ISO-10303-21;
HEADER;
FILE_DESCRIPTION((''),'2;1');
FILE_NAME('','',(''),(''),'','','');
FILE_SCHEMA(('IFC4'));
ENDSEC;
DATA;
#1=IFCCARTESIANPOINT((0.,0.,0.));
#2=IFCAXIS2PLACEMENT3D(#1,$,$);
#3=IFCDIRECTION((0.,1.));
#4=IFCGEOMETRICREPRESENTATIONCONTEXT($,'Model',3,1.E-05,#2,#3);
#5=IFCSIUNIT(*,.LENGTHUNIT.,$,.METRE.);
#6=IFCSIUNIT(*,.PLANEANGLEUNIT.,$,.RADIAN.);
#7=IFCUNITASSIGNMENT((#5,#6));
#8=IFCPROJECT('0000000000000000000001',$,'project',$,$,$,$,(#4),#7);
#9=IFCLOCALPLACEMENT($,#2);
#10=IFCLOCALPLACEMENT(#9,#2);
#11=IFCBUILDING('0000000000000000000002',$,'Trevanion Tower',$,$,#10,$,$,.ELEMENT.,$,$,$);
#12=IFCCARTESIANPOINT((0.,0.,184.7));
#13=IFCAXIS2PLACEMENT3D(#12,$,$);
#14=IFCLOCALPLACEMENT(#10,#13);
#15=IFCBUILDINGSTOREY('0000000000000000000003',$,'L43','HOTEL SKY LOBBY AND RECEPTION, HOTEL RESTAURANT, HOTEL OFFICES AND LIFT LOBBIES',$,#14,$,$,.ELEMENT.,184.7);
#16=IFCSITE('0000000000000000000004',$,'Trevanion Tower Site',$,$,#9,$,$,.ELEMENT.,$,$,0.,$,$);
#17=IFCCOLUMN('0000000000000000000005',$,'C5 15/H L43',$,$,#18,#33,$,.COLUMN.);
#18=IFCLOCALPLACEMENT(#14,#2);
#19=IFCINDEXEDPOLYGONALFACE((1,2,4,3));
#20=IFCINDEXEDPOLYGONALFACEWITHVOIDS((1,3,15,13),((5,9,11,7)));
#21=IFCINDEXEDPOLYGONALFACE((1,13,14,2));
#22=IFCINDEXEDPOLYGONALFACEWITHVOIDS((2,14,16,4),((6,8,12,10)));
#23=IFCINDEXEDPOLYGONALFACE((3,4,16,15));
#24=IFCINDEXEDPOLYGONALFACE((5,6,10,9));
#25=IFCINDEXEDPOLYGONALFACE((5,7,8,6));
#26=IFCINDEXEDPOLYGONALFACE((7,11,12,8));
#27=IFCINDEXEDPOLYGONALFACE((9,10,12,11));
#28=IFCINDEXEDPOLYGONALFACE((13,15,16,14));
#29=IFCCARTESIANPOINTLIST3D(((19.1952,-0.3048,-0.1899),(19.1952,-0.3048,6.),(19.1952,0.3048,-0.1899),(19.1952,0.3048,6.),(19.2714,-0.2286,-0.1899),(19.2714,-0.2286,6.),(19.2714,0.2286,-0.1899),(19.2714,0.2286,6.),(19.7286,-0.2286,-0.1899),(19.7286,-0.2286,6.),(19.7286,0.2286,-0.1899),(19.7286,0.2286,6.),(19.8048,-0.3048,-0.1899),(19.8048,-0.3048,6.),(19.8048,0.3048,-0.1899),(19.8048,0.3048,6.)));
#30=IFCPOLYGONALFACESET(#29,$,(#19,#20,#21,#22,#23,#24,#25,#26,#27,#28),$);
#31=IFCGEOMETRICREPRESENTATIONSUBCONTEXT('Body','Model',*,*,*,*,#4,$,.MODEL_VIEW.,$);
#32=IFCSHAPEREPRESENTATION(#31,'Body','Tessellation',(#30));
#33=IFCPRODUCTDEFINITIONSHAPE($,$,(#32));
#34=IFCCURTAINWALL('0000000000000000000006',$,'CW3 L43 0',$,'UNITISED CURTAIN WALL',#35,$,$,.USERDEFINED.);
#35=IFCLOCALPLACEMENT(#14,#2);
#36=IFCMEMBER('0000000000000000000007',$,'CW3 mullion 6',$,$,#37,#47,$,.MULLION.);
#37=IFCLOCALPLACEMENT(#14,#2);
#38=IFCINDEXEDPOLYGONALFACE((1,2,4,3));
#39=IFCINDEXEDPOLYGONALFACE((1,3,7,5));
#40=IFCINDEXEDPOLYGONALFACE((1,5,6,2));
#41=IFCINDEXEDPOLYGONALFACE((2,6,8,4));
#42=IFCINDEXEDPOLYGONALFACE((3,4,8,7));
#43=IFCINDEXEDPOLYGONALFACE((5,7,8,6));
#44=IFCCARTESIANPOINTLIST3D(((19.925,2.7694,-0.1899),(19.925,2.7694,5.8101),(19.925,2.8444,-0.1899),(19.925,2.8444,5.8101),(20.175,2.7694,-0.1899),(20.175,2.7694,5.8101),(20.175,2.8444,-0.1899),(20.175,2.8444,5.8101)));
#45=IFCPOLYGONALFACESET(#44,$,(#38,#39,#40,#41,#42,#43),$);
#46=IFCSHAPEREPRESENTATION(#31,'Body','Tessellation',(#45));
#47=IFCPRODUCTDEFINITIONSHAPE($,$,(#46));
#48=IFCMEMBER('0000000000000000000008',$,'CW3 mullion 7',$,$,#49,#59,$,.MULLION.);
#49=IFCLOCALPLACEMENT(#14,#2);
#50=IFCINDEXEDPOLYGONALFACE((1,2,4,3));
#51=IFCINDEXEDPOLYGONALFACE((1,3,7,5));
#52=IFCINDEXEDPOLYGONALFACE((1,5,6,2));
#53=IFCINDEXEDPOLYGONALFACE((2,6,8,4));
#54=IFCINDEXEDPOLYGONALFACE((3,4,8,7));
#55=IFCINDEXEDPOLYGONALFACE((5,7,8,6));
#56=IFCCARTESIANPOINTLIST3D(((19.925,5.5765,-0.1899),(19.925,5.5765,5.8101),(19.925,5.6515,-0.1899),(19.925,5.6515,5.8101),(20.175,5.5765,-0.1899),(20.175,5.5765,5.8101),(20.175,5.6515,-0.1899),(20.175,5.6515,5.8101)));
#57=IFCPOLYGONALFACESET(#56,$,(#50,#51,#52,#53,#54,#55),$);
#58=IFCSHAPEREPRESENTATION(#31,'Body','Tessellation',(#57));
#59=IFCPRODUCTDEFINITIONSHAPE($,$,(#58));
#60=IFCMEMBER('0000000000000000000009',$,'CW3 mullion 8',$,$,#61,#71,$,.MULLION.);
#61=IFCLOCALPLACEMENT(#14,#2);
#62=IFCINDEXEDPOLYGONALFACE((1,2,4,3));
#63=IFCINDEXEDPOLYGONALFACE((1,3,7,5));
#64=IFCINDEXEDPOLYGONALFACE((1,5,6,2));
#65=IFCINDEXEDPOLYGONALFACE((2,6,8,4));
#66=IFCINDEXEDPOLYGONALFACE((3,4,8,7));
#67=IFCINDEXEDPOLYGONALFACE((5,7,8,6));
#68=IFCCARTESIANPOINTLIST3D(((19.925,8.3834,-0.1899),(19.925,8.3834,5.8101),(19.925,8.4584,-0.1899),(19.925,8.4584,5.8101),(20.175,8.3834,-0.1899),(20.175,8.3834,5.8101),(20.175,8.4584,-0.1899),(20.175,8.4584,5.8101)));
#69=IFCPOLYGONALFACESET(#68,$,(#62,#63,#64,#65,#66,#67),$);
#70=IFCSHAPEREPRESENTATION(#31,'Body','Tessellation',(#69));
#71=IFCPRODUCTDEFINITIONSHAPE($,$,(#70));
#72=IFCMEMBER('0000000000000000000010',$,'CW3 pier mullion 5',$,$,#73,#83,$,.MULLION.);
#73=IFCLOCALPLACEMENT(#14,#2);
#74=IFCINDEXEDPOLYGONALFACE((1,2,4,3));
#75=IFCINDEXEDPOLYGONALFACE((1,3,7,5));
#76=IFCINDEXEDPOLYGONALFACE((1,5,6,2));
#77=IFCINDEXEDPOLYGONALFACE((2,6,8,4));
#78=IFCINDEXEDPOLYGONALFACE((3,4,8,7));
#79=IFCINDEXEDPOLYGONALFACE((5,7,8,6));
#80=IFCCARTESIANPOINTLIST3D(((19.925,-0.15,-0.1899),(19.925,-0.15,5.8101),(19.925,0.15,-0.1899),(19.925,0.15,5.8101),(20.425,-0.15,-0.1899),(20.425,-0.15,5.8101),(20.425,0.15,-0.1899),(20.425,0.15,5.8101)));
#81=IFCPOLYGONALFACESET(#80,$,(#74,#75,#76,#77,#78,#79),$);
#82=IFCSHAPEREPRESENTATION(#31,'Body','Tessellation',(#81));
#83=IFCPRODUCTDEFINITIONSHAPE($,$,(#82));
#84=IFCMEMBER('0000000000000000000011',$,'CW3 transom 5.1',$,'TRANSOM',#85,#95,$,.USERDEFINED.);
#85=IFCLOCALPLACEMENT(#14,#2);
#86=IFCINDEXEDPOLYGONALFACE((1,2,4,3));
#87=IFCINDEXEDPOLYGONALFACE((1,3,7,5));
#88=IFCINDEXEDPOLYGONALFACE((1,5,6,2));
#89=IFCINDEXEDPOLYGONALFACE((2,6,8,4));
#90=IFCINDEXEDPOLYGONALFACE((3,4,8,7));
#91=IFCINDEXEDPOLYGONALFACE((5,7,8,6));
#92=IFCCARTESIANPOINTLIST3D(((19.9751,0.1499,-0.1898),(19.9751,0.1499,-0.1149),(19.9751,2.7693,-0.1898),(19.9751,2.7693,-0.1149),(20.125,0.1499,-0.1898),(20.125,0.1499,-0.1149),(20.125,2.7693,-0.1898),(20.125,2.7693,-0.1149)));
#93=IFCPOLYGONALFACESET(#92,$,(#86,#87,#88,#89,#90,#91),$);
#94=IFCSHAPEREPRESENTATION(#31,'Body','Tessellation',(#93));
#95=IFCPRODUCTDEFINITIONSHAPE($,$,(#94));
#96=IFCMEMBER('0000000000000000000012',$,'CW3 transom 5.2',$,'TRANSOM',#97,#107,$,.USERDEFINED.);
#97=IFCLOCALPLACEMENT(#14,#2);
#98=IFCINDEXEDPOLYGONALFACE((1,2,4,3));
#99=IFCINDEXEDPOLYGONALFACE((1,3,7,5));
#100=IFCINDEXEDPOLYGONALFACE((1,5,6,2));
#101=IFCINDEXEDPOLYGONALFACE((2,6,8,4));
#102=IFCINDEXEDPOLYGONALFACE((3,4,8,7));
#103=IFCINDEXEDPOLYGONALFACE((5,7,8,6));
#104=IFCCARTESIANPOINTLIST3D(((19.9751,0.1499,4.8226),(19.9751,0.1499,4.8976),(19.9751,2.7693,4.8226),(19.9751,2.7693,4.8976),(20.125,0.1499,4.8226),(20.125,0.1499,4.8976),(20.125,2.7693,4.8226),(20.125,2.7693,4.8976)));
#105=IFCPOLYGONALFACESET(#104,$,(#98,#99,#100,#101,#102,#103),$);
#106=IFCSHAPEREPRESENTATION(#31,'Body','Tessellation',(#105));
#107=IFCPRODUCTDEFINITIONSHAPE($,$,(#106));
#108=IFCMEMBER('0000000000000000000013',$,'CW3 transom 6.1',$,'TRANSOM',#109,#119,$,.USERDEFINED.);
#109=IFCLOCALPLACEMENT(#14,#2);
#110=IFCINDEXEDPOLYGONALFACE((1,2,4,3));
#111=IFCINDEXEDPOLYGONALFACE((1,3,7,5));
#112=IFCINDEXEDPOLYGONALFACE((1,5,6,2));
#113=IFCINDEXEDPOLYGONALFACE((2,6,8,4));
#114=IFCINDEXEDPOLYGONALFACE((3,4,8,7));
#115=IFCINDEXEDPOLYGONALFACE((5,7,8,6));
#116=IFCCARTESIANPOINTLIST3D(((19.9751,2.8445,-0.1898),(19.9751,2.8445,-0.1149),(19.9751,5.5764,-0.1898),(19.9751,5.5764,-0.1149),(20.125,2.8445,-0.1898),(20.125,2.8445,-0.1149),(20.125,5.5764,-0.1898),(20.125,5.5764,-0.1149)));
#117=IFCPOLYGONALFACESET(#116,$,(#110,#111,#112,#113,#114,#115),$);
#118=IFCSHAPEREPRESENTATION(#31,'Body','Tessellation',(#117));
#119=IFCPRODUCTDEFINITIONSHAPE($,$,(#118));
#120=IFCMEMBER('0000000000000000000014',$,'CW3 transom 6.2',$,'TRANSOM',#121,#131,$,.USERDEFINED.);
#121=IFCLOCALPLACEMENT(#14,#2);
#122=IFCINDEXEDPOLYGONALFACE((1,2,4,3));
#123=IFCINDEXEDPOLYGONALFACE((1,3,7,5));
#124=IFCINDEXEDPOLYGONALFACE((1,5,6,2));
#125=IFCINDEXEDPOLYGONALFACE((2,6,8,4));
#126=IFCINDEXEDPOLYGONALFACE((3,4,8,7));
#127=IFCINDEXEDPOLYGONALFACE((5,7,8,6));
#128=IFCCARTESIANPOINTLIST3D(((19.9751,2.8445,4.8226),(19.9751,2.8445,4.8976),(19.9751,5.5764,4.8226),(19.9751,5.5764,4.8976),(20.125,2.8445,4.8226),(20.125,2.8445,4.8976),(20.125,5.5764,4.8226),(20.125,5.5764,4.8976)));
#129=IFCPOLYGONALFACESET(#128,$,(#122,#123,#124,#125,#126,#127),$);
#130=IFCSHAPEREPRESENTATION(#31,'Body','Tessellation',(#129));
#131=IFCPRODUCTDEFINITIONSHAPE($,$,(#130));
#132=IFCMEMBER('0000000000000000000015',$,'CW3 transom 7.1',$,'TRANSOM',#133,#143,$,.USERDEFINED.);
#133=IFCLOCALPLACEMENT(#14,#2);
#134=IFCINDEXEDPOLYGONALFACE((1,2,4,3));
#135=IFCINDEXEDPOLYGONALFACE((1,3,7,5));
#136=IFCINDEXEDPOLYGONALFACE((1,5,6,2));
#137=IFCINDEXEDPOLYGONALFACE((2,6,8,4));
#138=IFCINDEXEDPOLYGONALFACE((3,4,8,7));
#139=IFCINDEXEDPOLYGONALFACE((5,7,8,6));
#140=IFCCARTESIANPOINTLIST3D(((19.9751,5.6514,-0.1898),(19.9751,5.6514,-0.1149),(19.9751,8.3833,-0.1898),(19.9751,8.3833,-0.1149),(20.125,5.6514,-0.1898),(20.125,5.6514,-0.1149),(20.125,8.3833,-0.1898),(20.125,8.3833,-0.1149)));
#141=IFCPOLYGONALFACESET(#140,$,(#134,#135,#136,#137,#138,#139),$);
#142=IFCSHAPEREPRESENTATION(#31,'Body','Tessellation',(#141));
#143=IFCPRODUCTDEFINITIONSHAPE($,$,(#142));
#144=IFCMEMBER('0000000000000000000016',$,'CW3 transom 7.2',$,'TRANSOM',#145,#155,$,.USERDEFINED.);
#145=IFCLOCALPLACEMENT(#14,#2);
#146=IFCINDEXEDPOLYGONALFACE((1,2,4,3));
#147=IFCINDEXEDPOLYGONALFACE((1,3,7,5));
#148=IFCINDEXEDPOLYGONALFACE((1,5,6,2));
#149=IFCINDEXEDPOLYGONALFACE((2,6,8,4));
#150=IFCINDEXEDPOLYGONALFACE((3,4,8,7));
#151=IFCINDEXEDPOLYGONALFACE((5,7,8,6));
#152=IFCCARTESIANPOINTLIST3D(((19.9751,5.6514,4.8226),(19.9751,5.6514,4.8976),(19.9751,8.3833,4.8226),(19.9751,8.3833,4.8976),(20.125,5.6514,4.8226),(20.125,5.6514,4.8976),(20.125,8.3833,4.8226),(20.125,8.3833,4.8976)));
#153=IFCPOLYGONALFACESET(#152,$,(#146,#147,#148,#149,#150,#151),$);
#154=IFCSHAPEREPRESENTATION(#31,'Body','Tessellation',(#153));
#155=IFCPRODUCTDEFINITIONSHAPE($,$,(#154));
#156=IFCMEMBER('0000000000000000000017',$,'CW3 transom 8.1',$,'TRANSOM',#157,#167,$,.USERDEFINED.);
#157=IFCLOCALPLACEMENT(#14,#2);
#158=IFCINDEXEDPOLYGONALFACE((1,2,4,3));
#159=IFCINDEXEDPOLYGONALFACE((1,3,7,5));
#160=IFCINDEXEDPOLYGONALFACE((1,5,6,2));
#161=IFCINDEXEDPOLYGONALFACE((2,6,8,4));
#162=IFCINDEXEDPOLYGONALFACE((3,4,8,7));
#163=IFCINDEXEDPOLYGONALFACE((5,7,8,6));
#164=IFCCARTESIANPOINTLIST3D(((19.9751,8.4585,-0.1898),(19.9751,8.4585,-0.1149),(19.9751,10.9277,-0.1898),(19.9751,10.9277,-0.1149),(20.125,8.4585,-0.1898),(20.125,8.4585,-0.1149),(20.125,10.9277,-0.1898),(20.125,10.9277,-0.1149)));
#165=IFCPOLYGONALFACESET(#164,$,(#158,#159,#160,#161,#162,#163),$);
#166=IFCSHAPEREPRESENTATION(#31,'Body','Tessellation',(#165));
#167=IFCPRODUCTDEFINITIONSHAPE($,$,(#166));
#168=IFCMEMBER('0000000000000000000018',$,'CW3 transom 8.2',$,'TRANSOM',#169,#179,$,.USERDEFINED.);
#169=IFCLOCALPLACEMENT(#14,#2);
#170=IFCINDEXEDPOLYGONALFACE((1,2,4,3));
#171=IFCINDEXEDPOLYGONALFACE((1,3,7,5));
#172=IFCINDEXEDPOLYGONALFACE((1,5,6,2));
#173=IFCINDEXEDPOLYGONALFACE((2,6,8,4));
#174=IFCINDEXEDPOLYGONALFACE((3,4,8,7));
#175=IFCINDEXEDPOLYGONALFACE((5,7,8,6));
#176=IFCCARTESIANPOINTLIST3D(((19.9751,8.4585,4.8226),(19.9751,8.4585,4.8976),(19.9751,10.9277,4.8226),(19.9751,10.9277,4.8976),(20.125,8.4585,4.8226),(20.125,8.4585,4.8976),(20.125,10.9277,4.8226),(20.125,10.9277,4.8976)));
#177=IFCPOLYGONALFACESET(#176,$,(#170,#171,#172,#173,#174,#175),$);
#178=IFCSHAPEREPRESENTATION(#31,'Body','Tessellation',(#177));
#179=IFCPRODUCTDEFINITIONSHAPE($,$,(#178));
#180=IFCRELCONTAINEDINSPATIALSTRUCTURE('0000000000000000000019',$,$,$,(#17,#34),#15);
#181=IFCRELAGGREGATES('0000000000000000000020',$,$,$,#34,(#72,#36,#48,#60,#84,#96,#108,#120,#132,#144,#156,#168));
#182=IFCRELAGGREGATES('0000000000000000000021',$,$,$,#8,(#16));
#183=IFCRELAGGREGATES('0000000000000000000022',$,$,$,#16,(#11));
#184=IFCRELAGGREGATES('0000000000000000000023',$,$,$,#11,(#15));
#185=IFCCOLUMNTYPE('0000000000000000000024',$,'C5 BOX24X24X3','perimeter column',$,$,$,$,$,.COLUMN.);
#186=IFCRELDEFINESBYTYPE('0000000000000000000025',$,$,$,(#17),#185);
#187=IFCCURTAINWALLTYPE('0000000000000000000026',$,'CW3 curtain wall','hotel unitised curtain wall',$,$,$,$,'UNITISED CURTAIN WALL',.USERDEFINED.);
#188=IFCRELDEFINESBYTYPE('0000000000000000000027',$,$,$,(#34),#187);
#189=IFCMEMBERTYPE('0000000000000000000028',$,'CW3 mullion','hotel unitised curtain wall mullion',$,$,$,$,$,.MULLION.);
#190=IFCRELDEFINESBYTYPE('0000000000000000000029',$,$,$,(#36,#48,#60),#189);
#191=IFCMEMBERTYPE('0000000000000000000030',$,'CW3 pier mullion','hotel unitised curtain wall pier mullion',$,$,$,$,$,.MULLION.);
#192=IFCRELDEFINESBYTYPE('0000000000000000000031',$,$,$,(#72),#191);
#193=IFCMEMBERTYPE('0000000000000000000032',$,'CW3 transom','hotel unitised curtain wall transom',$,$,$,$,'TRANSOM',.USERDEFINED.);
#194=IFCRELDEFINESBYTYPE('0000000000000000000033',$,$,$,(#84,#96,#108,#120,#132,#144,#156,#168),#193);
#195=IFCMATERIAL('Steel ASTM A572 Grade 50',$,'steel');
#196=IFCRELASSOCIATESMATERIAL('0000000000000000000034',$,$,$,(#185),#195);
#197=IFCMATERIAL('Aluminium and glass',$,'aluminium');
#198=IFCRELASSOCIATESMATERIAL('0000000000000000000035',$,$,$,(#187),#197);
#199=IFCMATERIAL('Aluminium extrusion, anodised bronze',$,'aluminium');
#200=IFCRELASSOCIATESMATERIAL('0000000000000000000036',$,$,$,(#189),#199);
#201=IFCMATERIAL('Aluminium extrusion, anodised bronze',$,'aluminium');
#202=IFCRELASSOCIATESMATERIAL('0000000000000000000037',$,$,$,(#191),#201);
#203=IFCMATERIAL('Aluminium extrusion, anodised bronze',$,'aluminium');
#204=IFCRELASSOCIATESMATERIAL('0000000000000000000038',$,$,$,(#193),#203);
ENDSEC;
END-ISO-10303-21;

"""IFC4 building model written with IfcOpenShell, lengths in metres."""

from ifc_helpers import new_model, si_unit, direction, frame, origin, origin_2d, place, context, subcontext, project, spatial, rectangle, hollow_rectangle, extrude, material, material_profile, profile_set, type_object, element, aggregate, save


model = new_model("IFC4")

# Units and contexts
model_context = context("Model", 3, precision=1e-05, world=origin(), true_north=direction((0.0, 1.0)))
body_context = subcontext(model_context, "Body", "Model", "MODEL_VIEW")
ifc_project = project(units=[si_unit("LENGTHUNIT", "METRE"), si_unit("PLANEANGLEUNIT", "RADIAN")], contexts=[model_context])

# Site, building, storey
site_placement = place(None, origin())
site = spatial("IfcSite", under=ifc_project, at=site_placement, Name="Trevanion Tower Site", CompositionType="ELEMENT", RefElevation=0.0)
building_placement = place(site_placement, origin())
building = spatial("IfcBuilding", under=site, at=building_placement, Name="Trevanion Tower", CompositionType="ELEMENT")
storey_placement = place(building_placement, frame((0.0, 0.0, 184.7)))
storey = spatial("IfcBuildingStorey", under=building, at=storey_placement, Name="L43", Description="HOTEL SKY LOBBY AND RECEPTION, HOTEL RESTAURANT, HOTEL OFFICES AND LIFT LOBBIES", CompositionType="ELEMENT", Elevation=184.7)

# Column
ifc_material_1 = material(Name="Steel ASTM A572 Grade 50", Category="steel")
ifc_material_profile_1 = material_profile(ifc_material_1, hollow_rectangle(XDim=0.6096, YDim=0.6096, WallThickness=0.0762, at=origin_2d()), Name="BOX24X24X3")
ifc_profile_set_1 = profile_set([ifc_material_profile_1], Name="Steel ASTM A572 Grade 50")
column_type = type_object("IfcColumnType", Name="C5 BOX24X24X3", Description="perimeter column", PredefinedType="COLUMN", material=ifc_profile_set_1)
column_placement = place(storey_placement, frame((19.5, 0.0, -0.1899), z_axis=(0.0, 0.0, 1.0), x_axis=(0.0, 1.0, 0.0)))
element("IfcColumn", 1, at=column_placement, inside=storey, type_object=column_type, Name="C5 15/H L43", PredefinedType="COLUMN", context=body_context, shape_type="SweptSolid", body=[
    extrude(hollow_rectangle(XDim=0.6096, YDim=0.6096, WallThickness=0.0762, at=origin_2d()), origin(), (0.0, 0.0, 1.0), 6.1899),
])

# Curtain wall, members
ifc_material_2 = material(Name="Aluminium and glass", Category="aluminium")
curtain_wall_type = type_object("IfcCurtainWallType", Name="CW3 curtain wall", Description="hotel unitised curtain wall", ElementType="UNITISED CURTAIN WALL", PredefinedType="USERDEFINED", material=ifc_material_2)
curtain_wall_placement = place(storey_placement, origin())
curtain_wall = element("IfcCurtainWall", 2, at=curtain_wall_placement, inside=storey, type_object=curtain_wall_type, Name="CW3 L43 0", ObjectType="UNITISED CURTAIN WALL", PredefinedType="USERDEFINED")
ifc_material_3 = material(Name="Aluminium extrusion, anodised bronze", Category="aluminium")
ifc_material_profile_2 = material_profile(ifc_material_3, rectangle(XDim=0.075, YDim=0.25, at=origin_2d()), Name="CW3 mullion")
ifc_profile_set_2 = profile_set([ifc_material_profile_2], Name="Aluminium extrusion, anodised bronze")
member_type_1 = type_object("IfcMemberType", Name="CW3 mullion", Description="hotel unitised curtain wall mullion", PredefinedType="MULLION", material=ifc_profile_set_2)
member_1_placement = place(storey_placement, frame((20.05, 2.8069, -0.1899), z_axis=(0.0, 0.0, 1.0), x_axis=(0.0, 1.0, 0.0)))
member_1 = element("IfcMember", 3, at=member_1_placement, type_object=member_type_1, Name="CW3 mullion 6", PredefinedType="MULLION", context=body_context, shape_type="SweptSolid", body=[
    extrude(rectangle(XDim=0.075, YDim=0.25, at=origin_2d()), origin(), (0.0, 0.0, 1.0), 6.0),
])
member_2_placement = place(storey_placement, frame((20.05, 5.614, -0.1899), z_axis=(0.0, 0.0, 1.0), x_axis=(0.0, 1.0, 0.0)))
member_2 = element("IfcMember", 4, at=member_2_placement, type_object=member_type_1, Name="CW3 mullion 7", PredefinedType="MULLION", context=body_context, shape_type="SweptSolid", body=[
    extrude(rectangle(XDim=0.075, YDim=0.25, at=origin_2d()), origin(), (0.0, 0.0, 1.0), 6.0),
])
member_3_placement = place(storey_placement, frame((20.05, 8.4209, -0.1899), z_axis=(0.0, 0.0, 1.0), x_axis=(0.0, 1.0, 0.0)))
member_3 = element("IfcMember", 5, at=member_3_placement, type_object=member_type_1, Name="CW3 mullion 8", PredefinedType="MULLION", context=body_context, shape_type="SweptSolid", body=[
    extrude(rectangle(XDim=0.075, YDim=0.25, at=origin_2d()), origin(), (0.0, 0.0, 1.0), 6.0),
])
ifc_material_4 = material(Name="Aluminium extrusion, anodised bronze", Category="aluminium")
ifc_material_profile_3 = material_profile(ifc_material_4, rectangle(XDim=0.3, YDim=0.5, at=origin_2d()), Name="CW3 pier mullion")
ifc_profile_set_3 = profile_set([ifc_material_profile_3], Name="Aluminium extrusion, anodised bronze")
member_type_2 = type_object("IfcMemberType", Name="CW3 pier mullion", Description="hotel unitised curtain wall pier mullion", PredefinedType="MULLION", material=ifc_profile_set_3)
member_4_placement = place(storey_placement, frame((20.175, 0.0, -0.1899), z_axis=(0.0, 0.0, 1.0), x_axis=(0.0, 1.0, 0.0)))
member_4 = element("IfcMember", 6, at=member_4_placement, type_object=member_type_2, Name="CW3 pier mullion 5", PredefinedType="MULLION", context=body_context, shape_type="SweptSolid", body=[
    extrude(rectangle(XDim=0.3, YDim=0.5, at=origin_2d()), origin(), (0.0, 0.0, 1.0), 6.0),
])
ifc_material_5 = material(Name="Aluminium extrusion, anodised bronze", Category="aluminium")
ifc_material_profile_4 = material_profile(ifc_material_5, rectangle(XDim=0.1499, YDim=0.075, at=origin_2d()), Name="CW3 transom")
ifc_profile_set_4 = profile_set([ifc_material_profile_4], Name="Aluminium extrusion, anodised bronze")
member_type_3 = type_object("IfcMemberType", Name="CW3 transom", Description="hotel unitised curtain wall transom", ElementType="TRANSOM", PredefinedType="USERDEFINED", material=ifc_profile_set_4)
member_5_placement = place(storey_placement, frame((20.05, 0.1499, -0.1523), z_axis=(0.0, 1.0, 0.0), x_axis=(-1.0, 0.0, 0.0)))
member_5 = element("IfcMember", 7, at=member_5_placement, type_object=member_type_3, Name="CW3 transom 5.1", ObjectType="TRANSOM", PredefinedType="USERDEFINED", context=body_context, shape_type="SweptSolid", body=[
    extrude(rectangle(XDim=0.1499, YDim=0.075, at=origin_2d()), origin(), (0.0, 0.0, 1.0), 2.6194),
])
member_6_placement = place(storey_placement, frame((20.05, 0.1499, 4.8601), z_axis=(0.0, 1.0, 0.0), x_axis=(-1.0, 0.0, 0.0)))
member_6 = element("IfcMember", 8, at=member_6_placement, type_object=member_type_3, Name="CW3 transom 5.2", ObjectType="TRANSOM", PredefinedType="USERDEFINED", context=body_context, shape_type="SweptSolid", body=[
    extrude(rectangle(XDim=0.1499, YDim=0.075, at=origin_2d()), origin(), (0.0, 0.0, 1.0), 2.6194),
])
member_7_placement = place(storey_placement, frame((20.05, 2.8445, -0.1523), z_axis=(0.0, 1.0, 0.0), x_axis=(-1.0, 0.0, 0.0)))
member_7 = element("IfcMember", 9, at=member_7_placement, type_object=member_type_3, Name="CW3 transom 6.1", ObjectType="TRANSOM", PredefinedType="USERDEFINED", context=body_context, shape_type="SweptSolid", body=[
    extrude(rectangle(XDim=0.1499, YDim=0.075, at=origin_2d()), origin(), (0.0, 0.0, 1.0), 2.7319),
])
member_8_placement = place(storey_placement, frame((20.05, 2.8445, 4.8601), z_axis=(0.0, 1.0, 0.0), x_axis=(-1.0, 0.0, 0.0)))
member_8 = element("IfcMember", 10, at=member_8_placement, type_object=member_type_3, Name="CW3 transom 6.2", ObjectType="TRANSOM", PredefinedType="USERDEFINED", context=body_context, shape_type="SweptSolid", body=[
    extrude(rectangle(XDim=0.1499, YDim=0.075, at=origin_2d()), origin(), (0.0, 0.0, 1.0), 2.7319),
])
member_9_placement = place(storey_placement, frame((20.05, 5.6514, -0.1523), z_axis=(0.0, 1.0, 0.0), x_axis=(-1.0, 0.0, 0.0)))
member_9 = element("IfcMember", 11, at=member_9_placement, type_object=member_type_3, Name="CW3 transom 7.1", ObjectType="TRANSOM", PredefinedType="USERDEFINED", context=body_context, shape_type="SweptSolid", body=[
    extrude(rectangle(XDim=0.1499, YDim=0.075, at=origin_2d()), origin(), (0.0, 0.0, 1.0), 2.7319),
])
member_10_placement = place(storey_placement, frame((20.05, 5.6514, 4.8601), z_axis=(0.0, 1.0, 0.0), x_axis=(-1.0, 0.0, 0.0)))
member_10 = element("IfcMember", 12, at=member_10_placement, type_object=member_type_3, Name="CW3 transom 7.2", ObjectType="TRANSOM", PredefinedType="USERDEFINED", context=body_context, shape_type="SweptSolid", body=[
    extrude(rectangle(XDim=0.1499, YDim=0.075, at=origin_2d()), origin(), (0.0, 0.0, 1.0), 2.7319),
])
member_11_placement = place(storey_placement, frame((20.05, 8.4585, -0.1523), z_axis=(0.0, 1.0, 0.0), x_axis=(-1.0, 0.0, 0.0)))
member_11 = element("IfcMember", 13, at=member_11_placement, type_object=member_type_3, Name="CW3 transom 8.1", ObjectType="TRANSOM", PredefinedType="USERDEFINED", context=body_context, shape_type="SweptSolid", body=[
    extrude(rectangle(XDim=0.1499, YDim=0.075, at=origin_2d()), origin(), (0.0, 0.0, 1.0), 2.4692),
])
member_12_placement = place(storey_placement, frame((20.05, 8.4585, 4.8601), z_axis=(0.0, 1.0, 0.0), x_axis=(-1.0, 0.0, 0.0)))
member_12 = element("IfcMember", 14, at=member_12_placement, type_object=member_type_3, Name="CW3 transom 8.2", ObjectType="TRANSOM", PredefinedType="USERDEFINED", context=body_context, shape_type="SweptSolid", body=[
    extrude(rectangle(XDim=0.1499, YDim=0.075, at=origin_2d()), origin(), (0.0, 0.0, 1.0), 2.4692),
])
aggregate(curtain_wall, [member_4, member_1, member_2, member_3, member_5, member_6, member_7, member_8, member_9, member_10, member_11, member_12])

save(model, "model.ifc")
